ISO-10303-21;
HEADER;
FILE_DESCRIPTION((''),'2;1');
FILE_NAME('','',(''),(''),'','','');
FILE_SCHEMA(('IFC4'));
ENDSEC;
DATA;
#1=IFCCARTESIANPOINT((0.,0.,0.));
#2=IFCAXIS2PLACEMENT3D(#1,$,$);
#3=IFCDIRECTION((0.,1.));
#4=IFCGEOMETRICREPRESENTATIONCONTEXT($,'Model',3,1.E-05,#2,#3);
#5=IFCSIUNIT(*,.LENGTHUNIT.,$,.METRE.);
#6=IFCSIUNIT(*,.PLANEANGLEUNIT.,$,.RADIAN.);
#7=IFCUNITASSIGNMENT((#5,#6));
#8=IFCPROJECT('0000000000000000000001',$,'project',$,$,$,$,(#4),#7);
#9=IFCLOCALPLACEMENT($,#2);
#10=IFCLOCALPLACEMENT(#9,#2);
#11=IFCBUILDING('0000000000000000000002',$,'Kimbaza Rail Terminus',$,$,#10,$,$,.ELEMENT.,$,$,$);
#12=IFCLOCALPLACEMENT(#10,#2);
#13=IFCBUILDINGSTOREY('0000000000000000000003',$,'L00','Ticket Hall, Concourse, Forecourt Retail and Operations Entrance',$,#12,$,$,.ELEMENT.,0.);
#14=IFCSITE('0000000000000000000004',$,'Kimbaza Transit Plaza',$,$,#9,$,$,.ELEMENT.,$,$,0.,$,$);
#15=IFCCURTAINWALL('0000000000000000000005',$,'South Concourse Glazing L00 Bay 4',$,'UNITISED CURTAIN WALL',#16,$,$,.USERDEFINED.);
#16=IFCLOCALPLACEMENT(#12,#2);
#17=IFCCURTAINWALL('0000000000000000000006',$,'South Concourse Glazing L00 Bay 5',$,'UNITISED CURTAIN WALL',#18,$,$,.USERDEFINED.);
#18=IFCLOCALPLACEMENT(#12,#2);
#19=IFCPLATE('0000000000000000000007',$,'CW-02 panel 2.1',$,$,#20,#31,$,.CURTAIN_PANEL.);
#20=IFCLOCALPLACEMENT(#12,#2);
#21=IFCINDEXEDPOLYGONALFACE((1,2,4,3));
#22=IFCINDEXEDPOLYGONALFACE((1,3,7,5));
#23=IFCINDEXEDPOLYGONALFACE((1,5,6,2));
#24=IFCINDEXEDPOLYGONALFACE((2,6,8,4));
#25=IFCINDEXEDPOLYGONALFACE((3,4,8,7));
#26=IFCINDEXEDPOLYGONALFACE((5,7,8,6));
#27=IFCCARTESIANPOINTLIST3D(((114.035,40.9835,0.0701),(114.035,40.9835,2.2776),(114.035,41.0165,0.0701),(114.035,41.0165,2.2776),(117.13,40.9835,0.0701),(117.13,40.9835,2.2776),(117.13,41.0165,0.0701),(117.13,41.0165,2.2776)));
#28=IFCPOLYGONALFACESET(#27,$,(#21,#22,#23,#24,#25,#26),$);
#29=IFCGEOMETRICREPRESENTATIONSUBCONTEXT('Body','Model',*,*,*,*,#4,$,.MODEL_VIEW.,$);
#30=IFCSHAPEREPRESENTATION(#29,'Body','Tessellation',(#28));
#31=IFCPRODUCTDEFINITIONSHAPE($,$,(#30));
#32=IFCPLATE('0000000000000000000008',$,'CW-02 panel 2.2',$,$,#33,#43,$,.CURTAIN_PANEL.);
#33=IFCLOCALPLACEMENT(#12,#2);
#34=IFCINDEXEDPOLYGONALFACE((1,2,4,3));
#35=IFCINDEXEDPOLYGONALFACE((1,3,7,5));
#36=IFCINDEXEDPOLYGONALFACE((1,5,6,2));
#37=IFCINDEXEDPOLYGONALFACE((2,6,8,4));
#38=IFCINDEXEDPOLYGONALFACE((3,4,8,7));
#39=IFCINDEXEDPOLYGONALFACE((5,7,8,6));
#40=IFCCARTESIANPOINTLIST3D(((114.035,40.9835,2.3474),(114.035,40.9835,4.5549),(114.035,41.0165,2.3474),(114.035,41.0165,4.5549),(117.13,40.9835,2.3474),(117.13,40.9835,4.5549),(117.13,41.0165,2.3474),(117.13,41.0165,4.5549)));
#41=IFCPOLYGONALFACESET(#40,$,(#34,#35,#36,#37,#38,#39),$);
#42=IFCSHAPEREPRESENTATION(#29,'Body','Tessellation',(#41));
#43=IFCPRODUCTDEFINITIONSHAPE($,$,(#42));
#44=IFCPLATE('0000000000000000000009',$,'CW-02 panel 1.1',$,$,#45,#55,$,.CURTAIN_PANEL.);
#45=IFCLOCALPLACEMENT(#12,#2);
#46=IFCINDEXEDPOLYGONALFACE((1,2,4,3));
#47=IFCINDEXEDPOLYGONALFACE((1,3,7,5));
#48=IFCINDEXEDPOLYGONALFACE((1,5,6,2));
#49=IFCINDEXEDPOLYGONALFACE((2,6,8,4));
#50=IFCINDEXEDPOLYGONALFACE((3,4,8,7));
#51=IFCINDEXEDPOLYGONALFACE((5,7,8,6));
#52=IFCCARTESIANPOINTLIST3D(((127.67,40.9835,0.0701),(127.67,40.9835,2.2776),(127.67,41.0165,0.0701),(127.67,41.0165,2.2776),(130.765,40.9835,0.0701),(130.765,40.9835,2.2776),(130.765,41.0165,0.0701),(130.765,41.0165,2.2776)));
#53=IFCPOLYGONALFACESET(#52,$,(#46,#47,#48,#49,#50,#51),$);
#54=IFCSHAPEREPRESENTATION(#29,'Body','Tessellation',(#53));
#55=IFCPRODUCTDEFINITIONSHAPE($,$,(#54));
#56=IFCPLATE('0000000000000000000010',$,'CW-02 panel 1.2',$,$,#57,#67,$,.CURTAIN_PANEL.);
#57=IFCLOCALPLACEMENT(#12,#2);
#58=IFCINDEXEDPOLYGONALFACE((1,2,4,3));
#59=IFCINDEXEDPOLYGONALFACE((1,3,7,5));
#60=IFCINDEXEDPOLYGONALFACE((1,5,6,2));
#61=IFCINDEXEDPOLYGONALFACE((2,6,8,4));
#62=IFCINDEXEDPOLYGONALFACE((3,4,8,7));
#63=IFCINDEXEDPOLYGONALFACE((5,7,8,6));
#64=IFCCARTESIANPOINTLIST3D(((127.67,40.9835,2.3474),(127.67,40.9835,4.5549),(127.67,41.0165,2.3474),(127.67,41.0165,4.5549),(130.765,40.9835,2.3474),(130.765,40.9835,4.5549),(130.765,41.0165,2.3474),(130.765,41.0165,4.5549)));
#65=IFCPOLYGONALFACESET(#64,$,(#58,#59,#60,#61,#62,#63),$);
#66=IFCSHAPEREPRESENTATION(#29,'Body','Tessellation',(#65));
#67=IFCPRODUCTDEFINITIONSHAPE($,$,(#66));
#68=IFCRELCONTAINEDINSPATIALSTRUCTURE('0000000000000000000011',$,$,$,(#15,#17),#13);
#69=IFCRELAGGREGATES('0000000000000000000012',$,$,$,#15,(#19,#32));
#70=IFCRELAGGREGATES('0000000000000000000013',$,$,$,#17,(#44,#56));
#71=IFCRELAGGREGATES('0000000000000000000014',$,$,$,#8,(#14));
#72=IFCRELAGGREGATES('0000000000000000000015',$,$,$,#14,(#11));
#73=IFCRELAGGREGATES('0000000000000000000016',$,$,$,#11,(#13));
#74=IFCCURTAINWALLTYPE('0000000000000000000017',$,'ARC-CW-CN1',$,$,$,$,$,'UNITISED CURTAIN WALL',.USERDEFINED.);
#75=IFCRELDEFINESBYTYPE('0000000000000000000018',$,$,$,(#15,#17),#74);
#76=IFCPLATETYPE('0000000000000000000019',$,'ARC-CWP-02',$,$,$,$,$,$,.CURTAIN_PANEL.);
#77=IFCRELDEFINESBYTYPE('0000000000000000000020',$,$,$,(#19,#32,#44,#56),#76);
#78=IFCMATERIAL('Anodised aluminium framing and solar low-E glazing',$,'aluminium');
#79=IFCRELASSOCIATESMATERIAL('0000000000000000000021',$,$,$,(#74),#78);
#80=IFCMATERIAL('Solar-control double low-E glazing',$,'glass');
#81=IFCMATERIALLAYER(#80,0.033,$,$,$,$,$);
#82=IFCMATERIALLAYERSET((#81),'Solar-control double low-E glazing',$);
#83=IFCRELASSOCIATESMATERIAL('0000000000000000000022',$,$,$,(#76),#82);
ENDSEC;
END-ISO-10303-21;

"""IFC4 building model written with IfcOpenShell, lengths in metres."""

from ifc_helpers import new_model, si_unit, direction, frame, origin, origin_2d, place, context, subcontext, project, spatial, rectangle, extrude, material, layer, layer_set, type_object, element, aggregate, save


model = new_model("IFC4")

# Units and contexts
model_context = context("Model", 3, precision=1e-05, world=origin(), true_north=direction((0.0, 1.0)))
body_context = subcontext(model_context, "Body", "Model", "MODEL_VIEW")
ifc_project = project(units=[si_unit("LENGTHUNIT", "METRE"), si_unit("PLANEANGLEUNIT", "RADIAN")], contexts=[model_context])

# Site, building, storey
site_placement = place(None, origin())
site = spatial("IfcSite", under=ifc_project, at=site_placement, Name="Kimbaza Transit Plaza", CompositionType="ELEMENT", RefElevation=0.0)
building_placement = place(site_placement, origin())
building = spatial("IfcBuilding", under=site, at=building_placement, Name="Kimbaza Rail Terminus", CompositionType="ELEMENT")
storey_placement = place(building_placement, origin())
storey = spatial("IfcBuildingStorey", under=building, at=storey_placement, Name="L00", Description="Ticket Hall, Concourse, Forecourt Retail and Operations Entrance", CompositionType="ELEMENT", Elevation=0.0)

# Curtain wall
ifc_material_1 = material(Name="Anodised aluminium framing and solar low-E glazing", Category="aluminium")
curtain_wall_type = type_object("IfcCurtainWallType", Name="ARC-CW-CN1", ElementType="UNITISED CURTAIN WALL", PredefinedType="USERDEFINED", material=ifc_material_1)
curtain_wall_1_placement = place(storey_placement, origin())
curtain_wall_1 = element("IfcCurtainWall", 1, at=curtain_wall_1_placement, inside=storey, type_object=curtain_wall_type, Name="South Concourse Glazing L00 Bay 4", ObjectType="UNITISED CURTAIN WALL", PredefinedType="USERDEFINED")

# Curtain wall
curtain_wall_2_placement = place(storey_placement, origin())
curtain_wall_2 = element("IfcCurtainWall", 2, at=curtain_wall_2_placement, inside=storey, type_object=curtain_wall_type, Name="South Concourse Glazing L00 Bay 5", ObjectType="UNITISED CURTAIN WALL", PredefinedType="USERDEFINED")

# Plates
ifc_material_2 = material(Name="Solar-control double low-E glazing", Category="glass")
ifc_layer_1 = layer(ifc_material_2, 0.033)
ifc_layer_set_1 = layer_set([ifc_layer_1], Name="Solar-control double low-E glazing")
plate_type = type_object("IfcPlateType", Name="ARC-CWP-02", PredefinedType="CURTAIN_PANEL", material=ifc_layer_set_1)
plate_1_placement = place(storey_placement, frame((115.5825, 41.0, 0.0701), z_axis=(0.0, 0.0, 1.0), x_axis=(1.0, 0.0, 0.0)))
plate_1 = element("IfcPlate", 3, at=plate_1_placement, type_object=plate_type, Name="CW-02 panel 2.1", PredefinedType="CURTAIN_PANEL", context=body_context, shape_type="SweptSolid", body=[
    extrude(rectangle(XDim=3.095, YDim=0.033, at=origin_2d()), origin(), (0.0, 0.0, 1.0), 2.2075),
])
plate_2_placement = place(storey_placement, frame((115.5825, 41.0, 2.3474), z_axis=(0.0, 0.0, 1.0), x_axis=(1.0, 0.0, 0.0)))
plate_2 = element("IfcPlate", 4, at=plate_2_placement, type_object=plate_type, Name="CW-02 panel 2.2", PredefinedType="CURTAIN_PANEL", context=body_context, shape_type="SweptSolid", body=[
    extrude(rectangle(XDim=3.095, YDim=0.033, at=origin_2d()), origin(), (0.0, 0.0, 1.0), 2.2075),
])
aggregate(curtain_wall_1, [plate_1, plate_2])
plate_3_placement = place(storey_placement, frame((129.2175, 41.0, 0.0701), z_axis=(0.0, 0.0, 1.0), x_axis=(1.0, 0.0, 0.0)))
plate_3 = element("IfcPlate", 5, at=plate_3_placement, type_object=plate_type, Name="CW-02 panel 1.1", PredefinedType="CURTAIN_PANEL", context=body_context, shape_type="SweptSolid", body=[
    extrude(rectangle(XDim=3.095, YDim=0.033, at=origin_2d()), origin(), (0.0, 0.0, 1.0), 2.2075),
])
plate_4_placement = place(storey_placement, frame((129.2175, 41.0, 2.3474), z_axis=(0.0, 0.0, 1.0), x_axis=(1.0, 0.0, 0.0)))
plate_4 = element("IfcPlate", 6, at=plate_4_placement, type_object=plate_type, Name="CW-02 panel 1.2", PredefinedType="CURTAIN_PANEL", context=body_context, shape_type="SweptSolid", body=[
    extrude(rectangle(XDim=3.095, YDim=0.033, at=origin_2d()), origin(), (0.0, 0.0, 1.0), 2.2075),
])
aggregate(curtain_wall_2, [plate_3, plate_4])

save(model, "model.ifc")
